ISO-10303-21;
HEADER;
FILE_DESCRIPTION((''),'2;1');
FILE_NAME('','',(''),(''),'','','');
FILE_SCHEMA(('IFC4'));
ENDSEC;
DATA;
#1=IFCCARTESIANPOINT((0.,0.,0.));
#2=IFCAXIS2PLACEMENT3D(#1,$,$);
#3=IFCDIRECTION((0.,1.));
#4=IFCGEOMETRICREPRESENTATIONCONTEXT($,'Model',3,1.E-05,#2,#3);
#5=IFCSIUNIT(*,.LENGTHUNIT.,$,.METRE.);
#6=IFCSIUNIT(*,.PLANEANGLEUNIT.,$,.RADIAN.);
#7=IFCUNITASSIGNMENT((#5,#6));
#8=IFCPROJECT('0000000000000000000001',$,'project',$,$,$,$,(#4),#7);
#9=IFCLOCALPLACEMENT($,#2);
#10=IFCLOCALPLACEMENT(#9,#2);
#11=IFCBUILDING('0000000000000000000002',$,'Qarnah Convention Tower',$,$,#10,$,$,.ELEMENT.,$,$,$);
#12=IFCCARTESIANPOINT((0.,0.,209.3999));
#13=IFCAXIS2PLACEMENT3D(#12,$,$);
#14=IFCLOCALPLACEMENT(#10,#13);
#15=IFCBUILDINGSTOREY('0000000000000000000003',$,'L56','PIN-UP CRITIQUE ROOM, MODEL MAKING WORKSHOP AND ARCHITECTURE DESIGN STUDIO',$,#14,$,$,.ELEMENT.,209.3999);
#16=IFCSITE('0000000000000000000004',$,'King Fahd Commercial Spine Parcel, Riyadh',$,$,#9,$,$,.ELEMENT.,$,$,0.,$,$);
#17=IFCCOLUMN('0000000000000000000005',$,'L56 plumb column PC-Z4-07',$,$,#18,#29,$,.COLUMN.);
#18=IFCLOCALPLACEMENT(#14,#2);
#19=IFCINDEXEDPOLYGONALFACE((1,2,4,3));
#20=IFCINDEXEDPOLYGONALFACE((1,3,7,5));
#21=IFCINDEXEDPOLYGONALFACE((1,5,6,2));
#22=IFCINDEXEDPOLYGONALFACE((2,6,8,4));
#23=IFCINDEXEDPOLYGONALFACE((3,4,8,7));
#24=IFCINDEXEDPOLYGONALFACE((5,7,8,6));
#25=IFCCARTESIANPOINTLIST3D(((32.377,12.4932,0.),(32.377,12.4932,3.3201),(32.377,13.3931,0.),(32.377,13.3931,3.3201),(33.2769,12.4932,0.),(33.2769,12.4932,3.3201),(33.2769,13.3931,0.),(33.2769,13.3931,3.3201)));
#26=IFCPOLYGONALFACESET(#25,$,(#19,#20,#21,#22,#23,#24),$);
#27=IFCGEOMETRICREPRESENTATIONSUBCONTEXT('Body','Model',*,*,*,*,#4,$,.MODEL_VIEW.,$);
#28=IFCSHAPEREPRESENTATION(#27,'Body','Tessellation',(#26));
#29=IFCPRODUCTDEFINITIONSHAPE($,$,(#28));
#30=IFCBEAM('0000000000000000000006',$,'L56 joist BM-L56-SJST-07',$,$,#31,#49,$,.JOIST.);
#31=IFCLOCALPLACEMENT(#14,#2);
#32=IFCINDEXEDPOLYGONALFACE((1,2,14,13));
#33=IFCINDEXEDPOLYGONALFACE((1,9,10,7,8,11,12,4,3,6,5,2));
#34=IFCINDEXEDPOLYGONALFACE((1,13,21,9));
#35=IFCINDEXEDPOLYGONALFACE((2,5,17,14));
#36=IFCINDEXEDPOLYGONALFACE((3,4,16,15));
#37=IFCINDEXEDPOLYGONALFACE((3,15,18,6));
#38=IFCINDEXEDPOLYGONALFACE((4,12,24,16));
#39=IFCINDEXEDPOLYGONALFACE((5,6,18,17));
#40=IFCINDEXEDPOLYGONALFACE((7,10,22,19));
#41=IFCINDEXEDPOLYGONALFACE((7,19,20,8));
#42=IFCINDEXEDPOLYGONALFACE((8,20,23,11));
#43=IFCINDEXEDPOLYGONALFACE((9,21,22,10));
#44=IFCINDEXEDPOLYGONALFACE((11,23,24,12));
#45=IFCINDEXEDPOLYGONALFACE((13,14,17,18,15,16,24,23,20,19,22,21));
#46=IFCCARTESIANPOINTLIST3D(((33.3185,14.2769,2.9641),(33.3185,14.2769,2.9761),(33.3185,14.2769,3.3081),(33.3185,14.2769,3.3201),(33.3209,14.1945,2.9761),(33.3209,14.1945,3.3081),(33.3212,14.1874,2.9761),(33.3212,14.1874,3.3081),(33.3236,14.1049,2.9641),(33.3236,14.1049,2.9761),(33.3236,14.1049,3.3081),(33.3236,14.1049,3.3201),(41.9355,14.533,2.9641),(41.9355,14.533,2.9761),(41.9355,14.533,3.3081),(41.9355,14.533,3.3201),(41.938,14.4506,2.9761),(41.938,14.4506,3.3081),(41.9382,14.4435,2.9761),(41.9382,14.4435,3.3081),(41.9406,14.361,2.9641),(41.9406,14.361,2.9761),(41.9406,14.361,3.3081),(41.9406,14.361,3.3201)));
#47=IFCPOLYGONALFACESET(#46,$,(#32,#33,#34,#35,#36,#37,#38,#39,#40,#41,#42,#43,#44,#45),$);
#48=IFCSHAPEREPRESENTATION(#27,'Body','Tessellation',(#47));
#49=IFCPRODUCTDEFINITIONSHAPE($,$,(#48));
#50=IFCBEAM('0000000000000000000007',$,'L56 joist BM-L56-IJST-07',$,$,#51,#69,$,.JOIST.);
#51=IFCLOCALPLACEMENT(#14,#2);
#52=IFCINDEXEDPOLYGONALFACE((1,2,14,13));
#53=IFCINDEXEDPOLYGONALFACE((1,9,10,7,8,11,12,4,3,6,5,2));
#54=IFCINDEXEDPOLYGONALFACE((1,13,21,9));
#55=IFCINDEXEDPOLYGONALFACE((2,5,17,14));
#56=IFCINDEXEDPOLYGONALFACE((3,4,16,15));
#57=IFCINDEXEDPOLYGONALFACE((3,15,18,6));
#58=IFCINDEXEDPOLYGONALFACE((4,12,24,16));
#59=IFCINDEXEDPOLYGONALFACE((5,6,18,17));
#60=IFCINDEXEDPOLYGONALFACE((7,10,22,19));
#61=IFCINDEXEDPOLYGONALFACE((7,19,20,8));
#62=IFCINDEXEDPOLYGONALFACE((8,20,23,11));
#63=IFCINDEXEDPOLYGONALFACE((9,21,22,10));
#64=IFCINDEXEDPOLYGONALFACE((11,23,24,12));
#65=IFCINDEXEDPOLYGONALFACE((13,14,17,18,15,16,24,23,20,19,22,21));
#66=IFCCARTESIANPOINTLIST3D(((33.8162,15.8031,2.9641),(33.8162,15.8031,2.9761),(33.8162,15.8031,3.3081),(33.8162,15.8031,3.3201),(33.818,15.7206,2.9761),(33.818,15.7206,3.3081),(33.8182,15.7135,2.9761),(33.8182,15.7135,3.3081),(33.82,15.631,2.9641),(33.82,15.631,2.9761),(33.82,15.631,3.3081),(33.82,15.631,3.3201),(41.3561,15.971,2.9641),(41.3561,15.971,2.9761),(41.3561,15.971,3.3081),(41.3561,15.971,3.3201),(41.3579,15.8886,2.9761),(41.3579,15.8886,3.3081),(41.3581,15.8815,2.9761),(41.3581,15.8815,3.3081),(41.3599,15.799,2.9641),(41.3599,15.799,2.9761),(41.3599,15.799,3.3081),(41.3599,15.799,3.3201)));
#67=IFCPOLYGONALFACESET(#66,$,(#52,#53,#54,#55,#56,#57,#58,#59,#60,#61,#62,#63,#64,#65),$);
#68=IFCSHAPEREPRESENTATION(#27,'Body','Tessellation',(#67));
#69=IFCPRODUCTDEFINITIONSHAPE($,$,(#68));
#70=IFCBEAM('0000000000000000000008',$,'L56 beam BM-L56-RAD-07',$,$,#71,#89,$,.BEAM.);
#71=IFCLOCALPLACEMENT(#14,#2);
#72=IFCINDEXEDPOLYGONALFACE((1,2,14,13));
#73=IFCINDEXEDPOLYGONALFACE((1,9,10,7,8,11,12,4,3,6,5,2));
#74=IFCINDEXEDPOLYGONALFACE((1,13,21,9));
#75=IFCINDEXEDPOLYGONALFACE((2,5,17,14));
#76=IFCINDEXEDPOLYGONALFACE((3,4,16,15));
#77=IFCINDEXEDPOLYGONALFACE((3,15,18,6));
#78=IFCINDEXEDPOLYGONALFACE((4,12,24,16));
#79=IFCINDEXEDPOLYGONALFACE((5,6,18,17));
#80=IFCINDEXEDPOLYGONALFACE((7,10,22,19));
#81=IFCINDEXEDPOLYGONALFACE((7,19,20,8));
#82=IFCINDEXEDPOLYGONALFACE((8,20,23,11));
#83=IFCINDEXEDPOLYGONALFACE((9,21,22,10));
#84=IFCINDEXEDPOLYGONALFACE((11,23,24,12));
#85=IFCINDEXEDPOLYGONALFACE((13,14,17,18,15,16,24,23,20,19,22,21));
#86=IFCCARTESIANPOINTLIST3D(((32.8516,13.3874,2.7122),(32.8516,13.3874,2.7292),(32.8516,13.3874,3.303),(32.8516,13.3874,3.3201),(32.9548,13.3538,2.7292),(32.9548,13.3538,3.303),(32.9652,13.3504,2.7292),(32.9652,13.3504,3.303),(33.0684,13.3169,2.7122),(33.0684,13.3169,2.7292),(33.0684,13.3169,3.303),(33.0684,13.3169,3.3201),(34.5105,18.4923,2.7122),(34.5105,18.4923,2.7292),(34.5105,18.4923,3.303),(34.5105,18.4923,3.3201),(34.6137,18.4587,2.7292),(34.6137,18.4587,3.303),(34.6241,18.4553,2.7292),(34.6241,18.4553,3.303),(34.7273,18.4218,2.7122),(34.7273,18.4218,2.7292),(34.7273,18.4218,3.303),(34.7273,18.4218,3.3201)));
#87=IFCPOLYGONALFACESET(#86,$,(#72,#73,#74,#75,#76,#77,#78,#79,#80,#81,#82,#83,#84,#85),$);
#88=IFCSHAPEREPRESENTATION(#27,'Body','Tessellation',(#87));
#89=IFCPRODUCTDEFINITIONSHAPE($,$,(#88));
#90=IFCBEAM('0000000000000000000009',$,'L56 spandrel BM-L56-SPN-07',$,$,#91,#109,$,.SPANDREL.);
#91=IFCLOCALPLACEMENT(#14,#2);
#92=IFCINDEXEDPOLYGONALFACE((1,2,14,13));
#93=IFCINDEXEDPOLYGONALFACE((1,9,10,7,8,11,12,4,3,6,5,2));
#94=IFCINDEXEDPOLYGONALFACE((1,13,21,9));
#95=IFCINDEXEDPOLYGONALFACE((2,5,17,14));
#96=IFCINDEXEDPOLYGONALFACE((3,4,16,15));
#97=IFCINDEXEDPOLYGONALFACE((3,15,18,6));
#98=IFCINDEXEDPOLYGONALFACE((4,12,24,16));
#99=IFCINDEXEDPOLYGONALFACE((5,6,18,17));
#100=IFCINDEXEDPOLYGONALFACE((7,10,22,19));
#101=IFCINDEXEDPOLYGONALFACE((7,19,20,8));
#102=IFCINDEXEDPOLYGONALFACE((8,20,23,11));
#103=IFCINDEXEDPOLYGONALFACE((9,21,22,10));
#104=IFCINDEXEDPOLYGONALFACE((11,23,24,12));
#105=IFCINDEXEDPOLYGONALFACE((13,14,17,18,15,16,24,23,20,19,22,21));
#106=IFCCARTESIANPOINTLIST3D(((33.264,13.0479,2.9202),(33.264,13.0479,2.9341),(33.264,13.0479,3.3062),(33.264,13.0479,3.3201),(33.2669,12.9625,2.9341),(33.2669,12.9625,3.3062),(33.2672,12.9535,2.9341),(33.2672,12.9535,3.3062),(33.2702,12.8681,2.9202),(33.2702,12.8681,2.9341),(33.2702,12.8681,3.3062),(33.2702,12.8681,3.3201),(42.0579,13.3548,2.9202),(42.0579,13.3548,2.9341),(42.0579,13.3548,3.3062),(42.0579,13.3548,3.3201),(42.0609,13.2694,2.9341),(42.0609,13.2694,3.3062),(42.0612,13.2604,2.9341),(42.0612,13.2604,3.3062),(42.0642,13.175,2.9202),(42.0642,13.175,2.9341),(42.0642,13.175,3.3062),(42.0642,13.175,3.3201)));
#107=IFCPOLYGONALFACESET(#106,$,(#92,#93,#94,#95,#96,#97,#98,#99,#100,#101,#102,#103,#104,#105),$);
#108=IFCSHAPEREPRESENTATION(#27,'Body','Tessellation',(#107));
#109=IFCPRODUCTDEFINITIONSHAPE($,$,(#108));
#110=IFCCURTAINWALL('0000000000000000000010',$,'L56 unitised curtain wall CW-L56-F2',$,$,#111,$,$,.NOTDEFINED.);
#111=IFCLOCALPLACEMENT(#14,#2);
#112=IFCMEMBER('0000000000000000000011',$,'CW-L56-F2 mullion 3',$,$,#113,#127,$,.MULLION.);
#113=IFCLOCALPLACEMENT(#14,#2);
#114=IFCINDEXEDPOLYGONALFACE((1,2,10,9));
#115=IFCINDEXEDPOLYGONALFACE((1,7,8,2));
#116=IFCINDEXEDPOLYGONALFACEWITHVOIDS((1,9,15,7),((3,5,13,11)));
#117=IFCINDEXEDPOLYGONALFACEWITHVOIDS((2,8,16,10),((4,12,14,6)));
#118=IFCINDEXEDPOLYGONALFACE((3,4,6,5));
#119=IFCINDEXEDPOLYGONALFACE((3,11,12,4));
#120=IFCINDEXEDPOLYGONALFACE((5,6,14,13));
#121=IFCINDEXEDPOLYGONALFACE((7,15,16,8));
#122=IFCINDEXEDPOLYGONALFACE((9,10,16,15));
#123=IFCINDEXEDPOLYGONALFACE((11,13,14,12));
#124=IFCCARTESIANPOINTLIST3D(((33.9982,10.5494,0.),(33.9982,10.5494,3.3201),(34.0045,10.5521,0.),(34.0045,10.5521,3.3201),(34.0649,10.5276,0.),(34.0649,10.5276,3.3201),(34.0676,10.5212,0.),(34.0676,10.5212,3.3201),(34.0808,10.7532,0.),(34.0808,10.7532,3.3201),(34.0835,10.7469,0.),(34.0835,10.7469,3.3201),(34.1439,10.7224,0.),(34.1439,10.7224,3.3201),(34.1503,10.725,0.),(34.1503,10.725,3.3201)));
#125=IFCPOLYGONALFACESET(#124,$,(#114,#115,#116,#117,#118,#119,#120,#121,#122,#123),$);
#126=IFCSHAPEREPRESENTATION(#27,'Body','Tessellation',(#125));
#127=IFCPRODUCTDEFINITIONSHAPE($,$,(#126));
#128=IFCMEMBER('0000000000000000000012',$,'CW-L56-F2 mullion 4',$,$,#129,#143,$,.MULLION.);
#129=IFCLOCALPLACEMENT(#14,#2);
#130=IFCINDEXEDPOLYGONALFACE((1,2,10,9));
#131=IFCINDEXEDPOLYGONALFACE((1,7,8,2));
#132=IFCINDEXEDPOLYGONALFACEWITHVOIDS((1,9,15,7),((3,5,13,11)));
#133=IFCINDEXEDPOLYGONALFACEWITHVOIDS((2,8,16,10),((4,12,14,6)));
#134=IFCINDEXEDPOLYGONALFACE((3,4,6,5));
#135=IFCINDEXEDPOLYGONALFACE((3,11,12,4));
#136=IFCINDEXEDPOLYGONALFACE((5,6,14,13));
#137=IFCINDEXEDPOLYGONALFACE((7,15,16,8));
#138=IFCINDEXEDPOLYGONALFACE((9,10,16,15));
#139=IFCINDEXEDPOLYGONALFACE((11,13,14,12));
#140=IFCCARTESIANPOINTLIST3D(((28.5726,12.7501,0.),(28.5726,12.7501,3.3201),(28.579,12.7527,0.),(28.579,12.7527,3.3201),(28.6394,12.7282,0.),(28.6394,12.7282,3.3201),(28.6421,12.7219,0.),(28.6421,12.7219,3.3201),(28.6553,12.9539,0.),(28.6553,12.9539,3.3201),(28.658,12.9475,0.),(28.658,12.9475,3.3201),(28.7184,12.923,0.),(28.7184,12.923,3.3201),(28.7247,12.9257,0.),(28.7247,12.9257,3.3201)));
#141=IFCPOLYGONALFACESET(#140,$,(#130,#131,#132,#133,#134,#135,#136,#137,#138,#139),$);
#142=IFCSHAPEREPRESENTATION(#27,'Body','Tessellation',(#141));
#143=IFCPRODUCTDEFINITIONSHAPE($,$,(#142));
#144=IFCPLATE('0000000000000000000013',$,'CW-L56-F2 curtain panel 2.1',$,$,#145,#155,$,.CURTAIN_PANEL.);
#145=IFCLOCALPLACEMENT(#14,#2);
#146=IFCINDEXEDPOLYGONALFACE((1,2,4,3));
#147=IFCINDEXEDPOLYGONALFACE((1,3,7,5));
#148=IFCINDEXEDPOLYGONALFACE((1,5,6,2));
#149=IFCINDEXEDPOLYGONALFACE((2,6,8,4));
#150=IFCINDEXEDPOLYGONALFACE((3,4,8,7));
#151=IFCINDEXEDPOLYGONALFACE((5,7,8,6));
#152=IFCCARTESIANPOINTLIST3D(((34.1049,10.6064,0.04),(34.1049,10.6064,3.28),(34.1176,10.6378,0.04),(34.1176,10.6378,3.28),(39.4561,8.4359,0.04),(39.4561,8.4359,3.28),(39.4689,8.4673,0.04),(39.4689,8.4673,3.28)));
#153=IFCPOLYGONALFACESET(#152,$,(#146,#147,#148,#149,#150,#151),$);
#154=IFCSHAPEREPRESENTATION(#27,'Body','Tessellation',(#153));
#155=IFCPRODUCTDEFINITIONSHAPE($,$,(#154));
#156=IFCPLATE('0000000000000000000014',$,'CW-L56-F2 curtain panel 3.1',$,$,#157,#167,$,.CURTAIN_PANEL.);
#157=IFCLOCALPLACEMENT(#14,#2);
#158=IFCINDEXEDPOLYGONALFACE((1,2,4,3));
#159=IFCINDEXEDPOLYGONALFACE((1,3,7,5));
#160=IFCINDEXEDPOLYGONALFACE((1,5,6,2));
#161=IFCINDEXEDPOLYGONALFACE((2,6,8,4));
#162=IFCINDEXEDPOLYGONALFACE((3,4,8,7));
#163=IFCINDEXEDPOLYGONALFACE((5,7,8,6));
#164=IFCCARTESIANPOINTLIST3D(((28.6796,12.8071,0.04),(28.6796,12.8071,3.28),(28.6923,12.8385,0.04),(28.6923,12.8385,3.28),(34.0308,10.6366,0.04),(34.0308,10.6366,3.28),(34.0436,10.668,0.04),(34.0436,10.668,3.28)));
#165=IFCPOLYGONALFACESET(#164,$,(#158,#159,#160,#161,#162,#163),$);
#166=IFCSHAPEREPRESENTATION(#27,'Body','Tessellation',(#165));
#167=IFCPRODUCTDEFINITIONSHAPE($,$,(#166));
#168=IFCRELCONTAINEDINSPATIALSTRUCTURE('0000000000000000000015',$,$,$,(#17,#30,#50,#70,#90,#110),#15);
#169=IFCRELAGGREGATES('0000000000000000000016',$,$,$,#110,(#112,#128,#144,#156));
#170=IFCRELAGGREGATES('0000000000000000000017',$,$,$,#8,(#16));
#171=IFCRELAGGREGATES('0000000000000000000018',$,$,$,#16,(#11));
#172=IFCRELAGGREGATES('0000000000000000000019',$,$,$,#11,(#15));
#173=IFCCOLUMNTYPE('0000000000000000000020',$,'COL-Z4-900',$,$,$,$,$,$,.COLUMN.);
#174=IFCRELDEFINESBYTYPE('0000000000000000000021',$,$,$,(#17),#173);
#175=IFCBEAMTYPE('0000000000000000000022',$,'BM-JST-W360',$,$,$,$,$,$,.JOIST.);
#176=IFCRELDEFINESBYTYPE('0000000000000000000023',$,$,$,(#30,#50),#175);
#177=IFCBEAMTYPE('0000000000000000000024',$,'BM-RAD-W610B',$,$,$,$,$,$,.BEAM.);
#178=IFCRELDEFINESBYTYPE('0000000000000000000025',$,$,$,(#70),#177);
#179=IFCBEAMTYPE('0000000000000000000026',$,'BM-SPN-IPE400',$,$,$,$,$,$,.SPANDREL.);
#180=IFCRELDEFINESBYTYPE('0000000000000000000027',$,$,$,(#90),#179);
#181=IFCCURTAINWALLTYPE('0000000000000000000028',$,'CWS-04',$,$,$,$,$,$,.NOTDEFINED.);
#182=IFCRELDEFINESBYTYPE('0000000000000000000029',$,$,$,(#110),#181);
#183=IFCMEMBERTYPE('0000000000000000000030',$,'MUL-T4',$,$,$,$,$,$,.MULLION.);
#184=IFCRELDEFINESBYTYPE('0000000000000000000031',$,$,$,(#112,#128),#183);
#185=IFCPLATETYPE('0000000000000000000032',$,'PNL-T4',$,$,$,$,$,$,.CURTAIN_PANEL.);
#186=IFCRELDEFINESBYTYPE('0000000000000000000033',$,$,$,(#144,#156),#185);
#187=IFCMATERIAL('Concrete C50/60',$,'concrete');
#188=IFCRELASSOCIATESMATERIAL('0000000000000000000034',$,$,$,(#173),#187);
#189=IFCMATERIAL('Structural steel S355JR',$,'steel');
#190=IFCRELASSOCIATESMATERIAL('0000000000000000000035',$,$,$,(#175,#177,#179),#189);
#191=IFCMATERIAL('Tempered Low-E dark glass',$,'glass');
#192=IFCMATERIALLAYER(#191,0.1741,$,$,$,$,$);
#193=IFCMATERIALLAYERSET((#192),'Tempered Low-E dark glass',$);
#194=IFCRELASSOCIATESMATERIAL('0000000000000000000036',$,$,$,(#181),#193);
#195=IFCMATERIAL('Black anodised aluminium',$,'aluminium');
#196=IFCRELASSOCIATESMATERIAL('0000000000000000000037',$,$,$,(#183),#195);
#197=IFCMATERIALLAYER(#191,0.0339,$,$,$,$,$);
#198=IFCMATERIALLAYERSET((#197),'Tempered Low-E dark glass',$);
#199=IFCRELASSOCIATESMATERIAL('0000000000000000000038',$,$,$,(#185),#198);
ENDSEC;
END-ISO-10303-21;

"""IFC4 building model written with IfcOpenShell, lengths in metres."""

from ifc_helpers import new_model, si_unit, direction, frame, origin, origin_2d, place, context, subcontext, project, spatial, rectangle, hollow_rectangle, i_section, extrude, material, layer, layer_set, material_profile, profile_set, type_object, element, aggregate, save


model = new_model("IFC4")

# Units and contexts
model_context = context("Model", 3, precision=1e-05, world=origin(), true_north=direction((0.0, 1.0)))
body_context = subcontext(model_context, "Body", "Model", "MODEL_VIEW")
ifc_project = project(units=[si_unit("LENGTHUNIT", "METRE"), si_unit("PLANEANGLEUNIT", "RADIAN")], contexts=[model_context])

# Site, building, storey
site_placement = place(None, origin())
site = spatial("IfcSite", under=ifc_project, at=site_placement, Name="King Fahd Commercial Spine Parcel, Riyadh", CompositionType="ELEMENT", RefElevation=0.0)
building_placement = place(site_placement, origin())
building = spatial("IfcBuilding", under=site, at=building_placement, Name="Qarnah Convention Tower", CompositionType="ELEMENT")
storey_placement = place(building_placement, frame((0.0, 0.0, 209.3999)))
storey = spatial("IfcBuildingStorey", under=building, at=storey_placement, Name="L56", Description="PIN-UP CRITIQUE ROOM, MODEL MAKING WORKSHOP AND ARCHITECTURE DESIGN STUDIO", CompositionType="ELEMENT", Elevation=209.3999)

# Column
ifc_material_1 = material(Name="Concrete C50/60", Category="concrete")
ifc_material_profile_1 = material_profile(ifc_material_1, rectangle(XDim=0.8999, YDim=0.8999, at=origin_2d()), Name="RC-COL-900X900")
ifc_profile_set_1 = profile_set([ifc_material_profile_1], Name="Concrete C50/60")
column_type = type_object("IfcColumnType", Name="COL-Z4-900", PredefinedType="COLUMN", material=ifc_profile_set_1)
column_placement = place(storey_placement, frame((32.8269, 12.9431, 0.0), z_axis=(0.0, 0.0, 1.0), x_axis=(1.0, 0.0, 0.0)))
element("IfcColumn", 1, at=column_placement, inside=storey, type_object=column_type, Name="L56 plumb column PC-Z4-07", PredefinedType="COLUMN", context=body_context, shape_type="SweptSolid", body=[
    extrude(rectangle(XDim=0.8999, YDim=0.8999, at=origin_2d()), origin(), (0.0, 0.0, 1.0), 3.3201),
])

# Beams
ifc_material_2 = material(Name="Structural steel S355JR", Category="steel")
ifc_material_profile_2 = material_profile(ifc_material_2, i_section(OverallWidth=0.1721, OverallDepth=0.356, WebThickness=0.0071, FlangeThickness=0.012, at=origin_2d()), Name="W360X51")
ifc_profile_set_2 = profile_set([ifc_material_profile_2], Name="Structural steel S355JR")
beam_type_1 = type_object("IfcBeamType", Name="BM-JST-W360", PredefinedType="JOIST", material=ifc_profile_set_2)
beam_1_placement = place(storey_placement, frame((33.321, 14.1909, 3.1421), z_axis=(0.999559, 0.029708, 0.0), x_axis=(-0.029708, 0.999559, 0.0)))
element("IfcBeam", 2, at=beam_1_placement, inside=storey, type_object=beam_type_1, Name="L56 joist BM-L56-SJST-07", PredefinedType="JOIST", context=body_context, shape_type="SweptSolid", body=[
    extrude(i_section(OverallWidth=0.1721, OverallDepth=0.356, WebThickness=0.0071, FlangeThickness=0.012, at=origin_2d()), origin(), (0.0, 0.0, 1.0), 8.6208),
])
beam_2_placement = place(storey_placement, frame((33.8181, 15.717, 3.1421), z_axis=(0.999752, 0.022272, 0.0), x_axis=(-0.022272, 0.999752, 0.0)))
element("IfcBeam", 3, at=beam_2_placement, inside=storey, type_object=beam_type_1, Name="L56 joist BM-L56-IJST-07", PredefinedType="JOIST", context=body_context, shape_type="SweptSolid", body=[
    extrude(i_section(OverallWidth=0.1721, OverallDepth=0.356, WebThickness=0.0071, FlangeThickness=0.012, at=origin_2d()), origin(), (0.0, 0.0, 1.0), 7.5417),
])
ifc_material_profile_3 = material_profile(ifc_material_2, i_section(OverallWidth=0.228, OverallDepth=0.6079, WebThickness=0.011, FlangeThickness=0.0171, at=origin_2d()), Name="W610X113")
ifc_profile_set_3 = profile_set([ifc_material_profile_3], Name="Structural steel S355JR")
beam_type_2 = type_object("IfcBeamType", Name="BM-RAD-W610B", PredefinedType="BEAM", material=ifc_profile_set_3)
beam_3_placement = place(storey_placement, frame((34.6189, 18.457, 3.0161), z_axis=(-0.309055, -0.951044, 0.0), x_axis=(0.951044, -0.309055, 0.0)))
element("IfcBeam", 4, at=beam_3_placement, inside=storey, type_object=beam_type_2, Name="L56 beam BM-L56-RAD-07", PredefinedType="BEAM", context=body_context, shape_type="SweptSolid", body=[
    extrude(i_section(OverallWidth=0.228, OverallDepth=0.6079, WebThickness=0.011, FlangeThickness=0.0171, at=origin_2d()), origin(), (0.0, 0.0, 1.0), 5.3677),
])
ifc_material_profile_4 = material_profile(ifc_material_2, i_section(OverallWidth=0.1799, OverallDepth=0.3999, WebThickness=0.009, FlangeThickness=0.0139, at=origin_2d()), Name="IPE400")
ifc_profile_set_4 = profile_set([ifc_material_profile_4], Name="Structural steel S355JR")
beam_type_3 = type_object("IfcBeamType", Name="BM-SPN-IPE400", PredefinedType="SPANDREL", material=ifc_profile_set_4)
beam_4_placement = place(storey_placement, frame((33.2671, 12.958, 3.1201), z_axis=(0.999392, 0.034876, 0.0), x_axis=(-0.034876, 0.999392, 0.0)))
element("IfcBeam", 5, at=beam_4_placement, inside=storey, type_object=beam_type_3, Name="L56 spandrel BM-L56-SPN-07", PredefinedType="SPANDREL", context=body_context, shape_type="SweptSolid", body=[
    extrude(i_section(OverallWidth=0.1799, OverallDepth=0.3999, WebThickness=0.009, FlangeThickness=0.0139, at=origin_2d()), origin(), (0.0, 0.0, 1.0), 8.7993),
])

# Curtain wall, members, plates
ifc_material_3 = material(Name="Tempered Low-E dark glass", Category="glass")
ifc_layer_1 = layer(ifc_material_3, 0.1741)
ifc_layer_set_1 = layer_set([ifc_layer_1], Name="Tempered Low-E dark glass")
curtain_wall_type = type_object("IfcCurtainWallType", Name="CWS-04", PredefinedType="NOTDEFINED", material=ifc_layer_set_1)
curtain_wall_placement = place(storey_placement, origin())
curtain_wall = element("IfcCurtainWall", 6, at=curtain_wall_placement, inside=storey, type_object=curtain_wall_type, Name="L56 unitised curtain wall CW-L56-F2", PredefinedType="NOTDEFINED")
ifc_material_4 = material(Name="Black anodised aluminium", Category="aluminium")
ifc_material_profile_5 = material_profile(ifc_material_4, hollow_rectangle(XDim=0.075, YDim=0.22, WallThickness=0.0049, at=origin_2d()), Name="MUL-75X220")
ifc_profile_set_5 = profile_set([ifc_material_profile_5], Name="Black anodised aluminium")
member_type = type_object("IfcMemberType", Name="MUL-T4", PredefinedType="MULLION", material=ifc_profile_set_5)
member_1_placement = place(storey_placement, frame((34.0742, 10.6372, 0.0), z_axis=(0.0, 0.0, 1.0), x_axis=(-0.926673, 0.375868, 0.0)))
member_1 = element("IfcMember", 7, at=member_1_placement, type_object=member_type, Name="CW-L56-F2 mullion 3", PredefinedType="MULLION", context=body_context, shape_type="SweptSolid", body=[
    extrude(hollow_rectangle(XDim=0.075, YDim=0.22, WallThickness=0.0049, at=origin_2d()), origin(), (0.0, 0.0, 1.0), 3.3201),
])
member_2_placement = place(storey_placement, frame((28.6487, 12.8379, 0.0), z_axis=(0.0, 0.0, 1.0), x_axis=(-0.926673, 0.375868, 0.0)))
member_2 = element("IfcMember", 8, at=member_2_placement, type_object=member_type, Name="CW-L56-F2 mullion 4", PredefinedType="MULLION", context=body_context, shape_type="SweptSolid", body=[
    extrude(hollow_rectangle(XDim=0.075, YDim=0.22, WallThickness=0.0049, at=origin_2d()), origin(), (0.0, 0.0, 1.0), 3.3201),
])
ifc_layer_2 = layer(ifc_material_3, 0.0339)
ifc_layer_set_2 = layer_set([ifc_layer_2], Name="Tempered Low-E dark glass")
plate_type = type_object("IfcPlateType", Name="PNL-T4", PredefinedType="CURTAIN_PANEL", material=ifc_layer_set_2)
plate_1_placement = place(storey_placement, frame((36.7869, 9.5369, 0.04), z_axis=(0.0, 0.0, 1.0), x_axis=(-0.926673, 0.375868, 0.0)))
plate_1 = element("IfcPlate", 9, at=plate_1_placement, type_object=plate_type, Name="CW-L56-F2 curtain panel 2.1", PredefinedType="CURTAIN_PANEL", context=body_context, shape_type="SweptSolid", body=[
    extrude(rectangle(XDim=5.7747, YDim=0.0339, at=origin_2d()), origin(), (0.0, 0.0, 1.0), 3.24),
])
plate_2_placement = place(storey_placement, frame((31.3616, 11.7375, 0.04), z_axis=(0.0, 0.0, 1.0), x_axis=(-0.926673, 0.375868, 0.0)))
plate_2 = element("IfcPlate", 10, at=plate_2_placement, type_object=plate_type, Name="CW-L56-F2 curtain panel 3.1", PredefinedType="CURTAIN_PANEL", context=body_context, shape_type="SweptSolid", body=[
    extrude(rectangle(XDim=5.7747, YDim=0.0339, at=origin_2d()), origin(), (0.0, 0.0, 1.0), 3.24),
])
aggregate(curtain_wall, [member_1, member_2, plate_1, plate_2])

save(model, "model.ifc")
